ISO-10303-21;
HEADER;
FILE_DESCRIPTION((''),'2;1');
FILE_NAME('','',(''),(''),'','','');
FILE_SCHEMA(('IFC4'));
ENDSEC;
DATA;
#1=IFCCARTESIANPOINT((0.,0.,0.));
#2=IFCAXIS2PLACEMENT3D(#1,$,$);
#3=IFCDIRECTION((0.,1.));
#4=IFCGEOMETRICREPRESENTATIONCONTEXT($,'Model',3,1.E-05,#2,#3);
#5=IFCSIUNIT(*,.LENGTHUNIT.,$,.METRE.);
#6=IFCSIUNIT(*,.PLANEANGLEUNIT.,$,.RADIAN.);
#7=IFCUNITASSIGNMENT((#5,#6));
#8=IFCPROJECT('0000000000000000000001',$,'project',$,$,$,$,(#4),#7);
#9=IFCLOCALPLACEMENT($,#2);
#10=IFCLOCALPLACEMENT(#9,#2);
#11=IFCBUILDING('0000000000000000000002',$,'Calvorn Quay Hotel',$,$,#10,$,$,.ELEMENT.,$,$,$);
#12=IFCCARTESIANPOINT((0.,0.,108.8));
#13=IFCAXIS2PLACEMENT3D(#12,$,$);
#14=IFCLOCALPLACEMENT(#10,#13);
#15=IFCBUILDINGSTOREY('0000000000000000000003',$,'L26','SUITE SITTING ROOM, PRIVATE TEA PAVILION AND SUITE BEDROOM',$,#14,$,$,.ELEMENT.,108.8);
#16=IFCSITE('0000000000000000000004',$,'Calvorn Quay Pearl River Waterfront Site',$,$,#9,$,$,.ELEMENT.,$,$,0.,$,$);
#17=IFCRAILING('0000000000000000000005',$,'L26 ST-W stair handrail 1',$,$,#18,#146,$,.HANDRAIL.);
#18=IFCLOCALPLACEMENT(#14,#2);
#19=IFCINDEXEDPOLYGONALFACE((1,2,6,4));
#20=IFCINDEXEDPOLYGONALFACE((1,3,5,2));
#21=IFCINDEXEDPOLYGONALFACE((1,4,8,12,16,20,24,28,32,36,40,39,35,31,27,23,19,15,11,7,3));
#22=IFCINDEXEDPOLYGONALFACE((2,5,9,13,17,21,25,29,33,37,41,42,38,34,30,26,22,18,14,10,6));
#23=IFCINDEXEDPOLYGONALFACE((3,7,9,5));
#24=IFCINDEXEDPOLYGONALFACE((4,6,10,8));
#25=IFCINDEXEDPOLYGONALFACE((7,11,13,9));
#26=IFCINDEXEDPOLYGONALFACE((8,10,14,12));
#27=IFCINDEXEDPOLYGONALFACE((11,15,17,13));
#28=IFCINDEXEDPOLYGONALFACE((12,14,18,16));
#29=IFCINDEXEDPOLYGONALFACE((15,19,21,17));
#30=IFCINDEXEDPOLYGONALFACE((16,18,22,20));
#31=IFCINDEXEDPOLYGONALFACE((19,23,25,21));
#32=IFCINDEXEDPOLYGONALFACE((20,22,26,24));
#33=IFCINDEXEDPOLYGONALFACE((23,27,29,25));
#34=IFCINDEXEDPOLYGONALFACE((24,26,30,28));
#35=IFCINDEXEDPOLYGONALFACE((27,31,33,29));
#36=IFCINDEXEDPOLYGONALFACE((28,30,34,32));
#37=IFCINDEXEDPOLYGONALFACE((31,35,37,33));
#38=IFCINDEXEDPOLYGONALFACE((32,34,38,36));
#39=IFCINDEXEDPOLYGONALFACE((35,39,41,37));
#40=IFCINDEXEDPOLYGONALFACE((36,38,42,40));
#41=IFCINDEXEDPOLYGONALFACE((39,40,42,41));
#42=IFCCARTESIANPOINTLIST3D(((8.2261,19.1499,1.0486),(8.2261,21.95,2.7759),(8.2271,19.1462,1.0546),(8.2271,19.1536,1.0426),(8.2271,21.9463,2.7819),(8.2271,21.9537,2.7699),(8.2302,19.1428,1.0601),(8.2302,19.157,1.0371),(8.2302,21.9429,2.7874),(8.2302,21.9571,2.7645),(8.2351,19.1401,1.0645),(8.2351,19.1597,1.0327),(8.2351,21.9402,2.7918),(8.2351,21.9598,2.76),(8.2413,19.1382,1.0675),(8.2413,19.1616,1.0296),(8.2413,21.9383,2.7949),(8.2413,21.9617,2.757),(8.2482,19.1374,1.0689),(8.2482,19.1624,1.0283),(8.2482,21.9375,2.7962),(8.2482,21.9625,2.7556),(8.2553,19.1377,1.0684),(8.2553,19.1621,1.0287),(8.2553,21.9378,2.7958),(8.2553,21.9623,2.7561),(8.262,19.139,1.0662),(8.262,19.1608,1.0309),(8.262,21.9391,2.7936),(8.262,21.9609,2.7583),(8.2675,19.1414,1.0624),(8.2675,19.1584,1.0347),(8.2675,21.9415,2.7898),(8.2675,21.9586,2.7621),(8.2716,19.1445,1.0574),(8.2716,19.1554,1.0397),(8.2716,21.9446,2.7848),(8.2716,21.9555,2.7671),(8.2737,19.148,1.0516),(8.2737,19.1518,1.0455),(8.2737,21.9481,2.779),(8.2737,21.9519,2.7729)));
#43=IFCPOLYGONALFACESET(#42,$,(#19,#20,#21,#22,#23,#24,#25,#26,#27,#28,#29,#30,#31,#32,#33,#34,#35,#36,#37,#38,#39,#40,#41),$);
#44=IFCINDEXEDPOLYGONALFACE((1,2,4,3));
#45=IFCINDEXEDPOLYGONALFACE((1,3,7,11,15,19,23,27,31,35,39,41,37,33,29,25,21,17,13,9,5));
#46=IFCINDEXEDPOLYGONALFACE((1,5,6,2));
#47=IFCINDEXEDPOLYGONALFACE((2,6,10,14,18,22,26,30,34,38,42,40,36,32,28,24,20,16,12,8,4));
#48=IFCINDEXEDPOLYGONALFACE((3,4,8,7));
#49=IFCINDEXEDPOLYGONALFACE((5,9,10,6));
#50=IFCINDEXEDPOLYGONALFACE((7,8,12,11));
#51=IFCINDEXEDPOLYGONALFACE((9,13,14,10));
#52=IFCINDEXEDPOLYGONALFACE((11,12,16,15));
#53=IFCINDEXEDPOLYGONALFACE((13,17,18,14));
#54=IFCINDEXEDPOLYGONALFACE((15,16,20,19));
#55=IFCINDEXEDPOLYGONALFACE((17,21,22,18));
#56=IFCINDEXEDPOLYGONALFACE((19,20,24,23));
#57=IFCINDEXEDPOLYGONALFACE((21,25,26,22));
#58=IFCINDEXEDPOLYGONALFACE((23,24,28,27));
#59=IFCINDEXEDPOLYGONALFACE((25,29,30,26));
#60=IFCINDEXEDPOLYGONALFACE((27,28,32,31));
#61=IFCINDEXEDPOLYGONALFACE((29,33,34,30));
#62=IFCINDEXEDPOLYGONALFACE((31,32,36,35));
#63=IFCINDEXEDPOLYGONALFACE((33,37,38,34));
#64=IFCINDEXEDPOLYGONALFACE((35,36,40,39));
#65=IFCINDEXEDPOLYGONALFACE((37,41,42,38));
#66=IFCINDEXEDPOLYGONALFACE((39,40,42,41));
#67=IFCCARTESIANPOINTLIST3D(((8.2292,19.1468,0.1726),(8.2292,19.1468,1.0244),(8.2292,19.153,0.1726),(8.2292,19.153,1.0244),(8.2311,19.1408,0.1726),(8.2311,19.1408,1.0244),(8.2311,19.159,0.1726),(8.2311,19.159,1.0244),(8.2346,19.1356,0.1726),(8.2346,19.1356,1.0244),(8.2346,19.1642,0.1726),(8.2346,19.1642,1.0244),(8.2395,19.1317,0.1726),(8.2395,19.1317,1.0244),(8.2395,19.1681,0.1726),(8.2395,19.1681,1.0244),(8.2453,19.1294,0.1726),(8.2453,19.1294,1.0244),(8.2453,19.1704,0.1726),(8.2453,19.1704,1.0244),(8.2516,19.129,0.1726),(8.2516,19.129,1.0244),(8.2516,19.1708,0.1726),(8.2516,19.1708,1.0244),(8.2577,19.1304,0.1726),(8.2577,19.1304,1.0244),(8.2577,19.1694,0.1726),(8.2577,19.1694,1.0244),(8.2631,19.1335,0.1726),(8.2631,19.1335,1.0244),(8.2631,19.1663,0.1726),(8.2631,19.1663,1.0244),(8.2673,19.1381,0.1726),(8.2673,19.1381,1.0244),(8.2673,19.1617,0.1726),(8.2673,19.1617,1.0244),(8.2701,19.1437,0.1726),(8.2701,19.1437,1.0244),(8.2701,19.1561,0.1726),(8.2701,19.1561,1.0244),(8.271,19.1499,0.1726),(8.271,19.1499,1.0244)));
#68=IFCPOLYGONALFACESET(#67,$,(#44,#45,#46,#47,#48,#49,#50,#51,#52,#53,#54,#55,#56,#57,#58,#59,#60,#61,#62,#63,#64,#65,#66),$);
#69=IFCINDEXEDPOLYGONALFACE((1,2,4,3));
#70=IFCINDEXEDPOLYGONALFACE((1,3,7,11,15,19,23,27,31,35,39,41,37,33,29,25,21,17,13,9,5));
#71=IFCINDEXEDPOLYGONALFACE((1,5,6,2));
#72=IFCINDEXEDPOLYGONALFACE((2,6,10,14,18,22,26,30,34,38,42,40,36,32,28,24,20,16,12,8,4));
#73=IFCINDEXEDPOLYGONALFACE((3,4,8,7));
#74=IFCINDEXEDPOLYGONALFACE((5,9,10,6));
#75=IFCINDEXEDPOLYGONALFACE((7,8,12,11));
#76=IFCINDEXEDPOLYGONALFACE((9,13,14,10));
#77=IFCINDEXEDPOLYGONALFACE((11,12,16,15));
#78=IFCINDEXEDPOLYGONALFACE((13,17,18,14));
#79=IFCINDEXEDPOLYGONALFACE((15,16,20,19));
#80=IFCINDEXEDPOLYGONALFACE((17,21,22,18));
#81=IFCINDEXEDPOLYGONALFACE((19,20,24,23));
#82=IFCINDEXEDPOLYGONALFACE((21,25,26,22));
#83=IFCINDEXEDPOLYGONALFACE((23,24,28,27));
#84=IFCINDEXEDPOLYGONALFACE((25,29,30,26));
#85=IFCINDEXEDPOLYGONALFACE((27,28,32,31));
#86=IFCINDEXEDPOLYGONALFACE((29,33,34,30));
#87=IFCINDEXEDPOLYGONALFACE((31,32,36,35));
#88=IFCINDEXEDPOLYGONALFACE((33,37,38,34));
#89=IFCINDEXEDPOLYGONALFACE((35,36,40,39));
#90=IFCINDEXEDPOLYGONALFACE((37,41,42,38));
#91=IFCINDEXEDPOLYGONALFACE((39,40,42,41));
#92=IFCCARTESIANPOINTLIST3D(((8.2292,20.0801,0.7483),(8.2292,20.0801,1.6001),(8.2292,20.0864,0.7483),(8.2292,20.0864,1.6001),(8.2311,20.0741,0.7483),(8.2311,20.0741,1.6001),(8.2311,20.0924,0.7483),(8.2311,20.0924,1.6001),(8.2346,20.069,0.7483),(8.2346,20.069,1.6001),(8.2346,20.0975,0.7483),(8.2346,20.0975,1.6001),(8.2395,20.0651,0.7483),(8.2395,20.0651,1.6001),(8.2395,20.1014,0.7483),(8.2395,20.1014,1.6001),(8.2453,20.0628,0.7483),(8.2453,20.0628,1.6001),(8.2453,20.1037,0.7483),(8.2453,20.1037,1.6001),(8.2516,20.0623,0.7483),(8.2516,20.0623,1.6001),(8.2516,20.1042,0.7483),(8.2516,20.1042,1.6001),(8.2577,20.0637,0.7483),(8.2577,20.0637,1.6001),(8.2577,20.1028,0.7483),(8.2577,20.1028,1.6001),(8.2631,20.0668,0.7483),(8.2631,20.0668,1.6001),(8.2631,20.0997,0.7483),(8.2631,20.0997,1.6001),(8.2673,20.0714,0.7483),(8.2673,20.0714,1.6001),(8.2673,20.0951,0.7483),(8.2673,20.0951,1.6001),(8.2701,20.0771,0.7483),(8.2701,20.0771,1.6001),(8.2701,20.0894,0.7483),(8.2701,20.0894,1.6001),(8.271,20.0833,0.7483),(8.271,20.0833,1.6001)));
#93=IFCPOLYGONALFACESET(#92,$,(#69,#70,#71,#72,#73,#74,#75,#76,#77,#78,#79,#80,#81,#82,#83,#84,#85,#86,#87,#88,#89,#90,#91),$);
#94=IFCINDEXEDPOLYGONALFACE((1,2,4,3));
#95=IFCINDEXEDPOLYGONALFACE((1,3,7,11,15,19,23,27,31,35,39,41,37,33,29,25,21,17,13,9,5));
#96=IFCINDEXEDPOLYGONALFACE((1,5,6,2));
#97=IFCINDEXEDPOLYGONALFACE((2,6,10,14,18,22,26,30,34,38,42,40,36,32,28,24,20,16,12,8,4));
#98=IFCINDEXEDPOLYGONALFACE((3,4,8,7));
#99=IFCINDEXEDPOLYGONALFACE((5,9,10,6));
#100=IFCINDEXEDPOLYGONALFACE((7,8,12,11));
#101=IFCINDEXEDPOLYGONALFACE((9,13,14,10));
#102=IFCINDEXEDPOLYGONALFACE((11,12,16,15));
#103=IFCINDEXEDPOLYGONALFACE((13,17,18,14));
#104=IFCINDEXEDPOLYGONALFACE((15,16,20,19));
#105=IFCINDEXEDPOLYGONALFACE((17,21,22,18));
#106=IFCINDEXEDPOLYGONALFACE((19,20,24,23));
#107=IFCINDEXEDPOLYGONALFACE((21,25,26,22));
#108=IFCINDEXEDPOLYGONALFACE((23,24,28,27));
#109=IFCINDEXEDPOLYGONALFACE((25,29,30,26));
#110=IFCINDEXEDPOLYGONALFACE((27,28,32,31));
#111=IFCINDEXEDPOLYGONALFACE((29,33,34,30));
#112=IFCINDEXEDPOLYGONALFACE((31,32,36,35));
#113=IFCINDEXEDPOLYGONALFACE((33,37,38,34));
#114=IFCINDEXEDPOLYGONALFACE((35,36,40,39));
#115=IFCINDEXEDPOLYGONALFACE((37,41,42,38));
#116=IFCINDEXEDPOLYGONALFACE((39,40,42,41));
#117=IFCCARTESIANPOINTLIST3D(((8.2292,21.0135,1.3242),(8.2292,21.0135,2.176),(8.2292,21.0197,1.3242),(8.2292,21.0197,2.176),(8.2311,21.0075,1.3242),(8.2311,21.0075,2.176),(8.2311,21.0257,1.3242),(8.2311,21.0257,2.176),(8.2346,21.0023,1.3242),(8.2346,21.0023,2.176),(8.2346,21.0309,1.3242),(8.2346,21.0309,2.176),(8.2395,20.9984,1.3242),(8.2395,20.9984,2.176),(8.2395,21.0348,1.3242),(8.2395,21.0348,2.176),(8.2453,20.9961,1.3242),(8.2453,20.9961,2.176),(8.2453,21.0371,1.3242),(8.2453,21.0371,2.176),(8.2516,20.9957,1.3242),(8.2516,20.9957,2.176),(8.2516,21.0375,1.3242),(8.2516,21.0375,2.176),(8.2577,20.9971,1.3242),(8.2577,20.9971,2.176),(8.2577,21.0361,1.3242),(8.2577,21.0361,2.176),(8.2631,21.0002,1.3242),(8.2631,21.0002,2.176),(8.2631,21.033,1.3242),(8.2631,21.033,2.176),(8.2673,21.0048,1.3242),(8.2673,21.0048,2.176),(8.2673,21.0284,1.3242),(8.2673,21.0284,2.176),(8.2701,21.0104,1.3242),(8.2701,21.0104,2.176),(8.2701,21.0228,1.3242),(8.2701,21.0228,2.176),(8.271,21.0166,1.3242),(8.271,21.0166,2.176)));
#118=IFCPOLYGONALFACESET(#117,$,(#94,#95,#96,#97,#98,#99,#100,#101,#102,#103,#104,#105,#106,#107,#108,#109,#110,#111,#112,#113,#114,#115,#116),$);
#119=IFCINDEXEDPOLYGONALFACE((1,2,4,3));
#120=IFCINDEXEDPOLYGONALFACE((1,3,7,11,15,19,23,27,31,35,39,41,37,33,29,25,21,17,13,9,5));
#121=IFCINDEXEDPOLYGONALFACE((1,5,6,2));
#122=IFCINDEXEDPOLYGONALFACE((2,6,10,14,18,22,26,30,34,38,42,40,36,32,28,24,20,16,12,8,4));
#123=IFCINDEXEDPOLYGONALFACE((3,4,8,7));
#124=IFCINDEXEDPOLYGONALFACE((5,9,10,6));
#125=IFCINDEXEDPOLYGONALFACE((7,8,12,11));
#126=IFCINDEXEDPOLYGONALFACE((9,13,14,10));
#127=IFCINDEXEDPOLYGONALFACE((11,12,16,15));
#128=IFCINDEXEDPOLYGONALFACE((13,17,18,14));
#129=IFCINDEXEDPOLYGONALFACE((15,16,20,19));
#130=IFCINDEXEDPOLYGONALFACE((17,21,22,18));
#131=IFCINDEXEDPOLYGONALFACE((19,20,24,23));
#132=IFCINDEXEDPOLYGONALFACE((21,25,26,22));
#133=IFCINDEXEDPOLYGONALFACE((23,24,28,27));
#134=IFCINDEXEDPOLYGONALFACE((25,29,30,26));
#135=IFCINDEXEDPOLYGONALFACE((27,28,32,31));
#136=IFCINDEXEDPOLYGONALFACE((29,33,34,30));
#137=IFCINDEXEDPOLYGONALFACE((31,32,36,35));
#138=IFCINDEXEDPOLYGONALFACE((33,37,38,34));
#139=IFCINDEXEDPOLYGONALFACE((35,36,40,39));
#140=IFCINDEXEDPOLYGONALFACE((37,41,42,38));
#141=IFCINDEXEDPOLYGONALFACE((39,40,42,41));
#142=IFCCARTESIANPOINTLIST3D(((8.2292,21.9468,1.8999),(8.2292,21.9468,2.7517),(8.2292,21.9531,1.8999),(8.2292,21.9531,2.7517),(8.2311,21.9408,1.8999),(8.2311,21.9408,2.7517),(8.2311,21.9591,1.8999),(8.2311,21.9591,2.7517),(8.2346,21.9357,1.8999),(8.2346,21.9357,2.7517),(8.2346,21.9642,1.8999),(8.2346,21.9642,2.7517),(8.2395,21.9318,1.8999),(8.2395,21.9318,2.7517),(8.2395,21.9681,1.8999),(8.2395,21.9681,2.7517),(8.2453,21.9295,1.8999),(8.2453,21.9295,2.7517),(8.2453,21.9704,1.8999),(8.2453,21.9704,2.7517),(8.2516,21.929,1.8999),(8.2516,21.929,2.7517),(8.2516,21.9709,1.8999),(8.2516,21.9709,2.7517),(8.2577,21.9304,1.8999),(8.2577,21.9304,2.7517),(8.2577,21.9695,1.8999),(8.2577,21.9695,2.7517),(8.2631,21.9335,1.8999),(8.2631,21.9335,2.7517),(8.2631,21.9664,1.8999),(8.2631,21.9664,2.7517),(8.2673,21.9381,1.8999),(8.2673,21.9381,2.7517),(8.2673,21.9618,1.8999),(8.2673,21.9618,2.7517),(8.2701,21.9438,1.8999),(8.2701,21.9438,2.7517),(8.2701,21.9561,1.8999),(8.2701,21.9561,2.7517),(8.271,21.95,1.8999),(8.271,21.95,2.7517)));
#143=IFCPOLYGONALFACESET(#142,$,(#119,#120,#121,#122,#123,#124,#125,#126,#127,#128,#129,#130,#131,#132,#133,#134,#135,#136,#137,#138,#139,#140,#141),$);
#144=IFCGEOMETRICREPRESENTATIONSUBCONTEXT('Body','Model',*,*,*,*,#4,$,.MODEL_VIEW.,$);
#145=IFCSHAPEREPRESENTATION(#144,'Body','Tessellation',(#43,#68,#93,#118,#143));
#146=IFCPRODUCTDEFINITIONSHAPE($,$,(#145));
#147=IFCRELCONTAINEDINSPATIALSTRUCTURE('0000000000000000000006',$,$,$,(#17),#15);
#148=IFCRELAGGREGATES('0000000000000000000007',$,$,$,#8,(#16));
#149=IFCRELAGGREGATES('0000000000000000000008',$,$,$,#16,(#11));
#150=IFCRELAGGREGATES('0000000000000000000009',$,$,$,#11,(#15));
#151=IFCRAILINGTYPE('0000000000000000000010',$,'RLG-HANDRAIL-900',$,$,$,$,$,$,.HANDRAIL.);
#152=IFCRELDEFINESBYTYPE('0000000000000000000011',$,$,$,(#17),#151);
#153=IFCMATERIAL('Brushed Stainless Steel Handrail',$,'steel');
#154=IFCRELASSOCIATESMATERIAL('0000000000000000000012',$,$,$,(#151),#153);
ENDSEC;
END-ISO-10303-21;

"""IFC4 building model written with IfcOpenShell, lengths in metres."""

from ifc_helpers import new_model, si_unit, direction, frame, origin, origin_2d, place, context, subcontext, project, spatial, circle, extrude, material, type_object, element, save


model = new_model("IFC4")

# Units and contexts
model_context = context("Model", 3, precision=1e-05, world=origin(), true_north=direction((0.0, 1.0)))
body_context = subcontext(model_context, "Body", "Model", "MODEL_VIEW")
ifc_project = project(units=[si_unit("LENGTHUNIT", "METRE"), si_unit("PLANEANGLEUNIT", "RADIAN")], contexts=[model_context])

# Site, building, storey
site_placement = place(None, origin())
site = spatial("IfcSite", under=ifc_project, at=site_placement, Name="Calvorn Quay Pearl River Waterfront Site", CompositionType="ELEMENT", RefElevation=0.0)
building_placement = place(site_placement, origin())
building = spatial("IfcBuilding", under=site, at=building_placement, Name="Calvorn Quay Hotel", CompositionType="ELEMENT")
storey_placement = place(building_placement, frame((0.0, 0.0, 108.8)))
storey = spatial("IfcBuildingStorey", under=building, at=storey_placement, Name="L26", Description="SUITE SITTING ROOM, PRIVATE TEA PAVILION AND SUITE BEDROOM", CompositionType="ELEMENT", Elevation=108.8)

# Railing
ifc_material_1 = material(Name="Brushed Stainless Steel Handrail", Category="steel")
railing_type_1 = type_object("IfcRailingType", Name="RLG-HANDRAIL-900", PredefinedType="HANDRAIL", material=ifc_material_1)
railing_1_placement = place(storey_placement, frame((8.25, 19.1499, 0.1726)))
element("IfcRailing", 1, at=railing_1_placement, inside=storey, type_object=railing_type_1, Name="L26 ST-W stair handrail 1", PredefinedType="HANDRAIL", context=body_context, shape_type="SweptSolid", body=[
    extrude(circle(Radius=0.0239, at=origin_2d()), frame((0.0, 0.0, 0.876), z_axis=(0.0, 0.85109, 0.52502), x_axis=(-1.0, 0.0, 0.0)), (0.0, 0.0, 1.0), 3.29),
    extrude(circle(Radius=0.021, at=origin_2d()), origin(), (0.0, 0.0, 1.0), 0.8518),
    extrude(circle(Radius=0.021, at=origin_2d()), frame((0.0, 0.9333, 0.5757)), (0.0, 0.0, 1.0), 0.8518),
    extrude(circle(Radius=0.021, at=origin_2d()), frame((0.0, 1.8667, 1.1516)), (0.0, 0.0, 1.0), 0.8518),
    extrude(circle(Radius=0.021, at=origin_2d()), frame((0.0, 2.8, 1.7273)), (0.0, 0.0, 1.0), 0.8518),
])

save(model, "model.ifc")
